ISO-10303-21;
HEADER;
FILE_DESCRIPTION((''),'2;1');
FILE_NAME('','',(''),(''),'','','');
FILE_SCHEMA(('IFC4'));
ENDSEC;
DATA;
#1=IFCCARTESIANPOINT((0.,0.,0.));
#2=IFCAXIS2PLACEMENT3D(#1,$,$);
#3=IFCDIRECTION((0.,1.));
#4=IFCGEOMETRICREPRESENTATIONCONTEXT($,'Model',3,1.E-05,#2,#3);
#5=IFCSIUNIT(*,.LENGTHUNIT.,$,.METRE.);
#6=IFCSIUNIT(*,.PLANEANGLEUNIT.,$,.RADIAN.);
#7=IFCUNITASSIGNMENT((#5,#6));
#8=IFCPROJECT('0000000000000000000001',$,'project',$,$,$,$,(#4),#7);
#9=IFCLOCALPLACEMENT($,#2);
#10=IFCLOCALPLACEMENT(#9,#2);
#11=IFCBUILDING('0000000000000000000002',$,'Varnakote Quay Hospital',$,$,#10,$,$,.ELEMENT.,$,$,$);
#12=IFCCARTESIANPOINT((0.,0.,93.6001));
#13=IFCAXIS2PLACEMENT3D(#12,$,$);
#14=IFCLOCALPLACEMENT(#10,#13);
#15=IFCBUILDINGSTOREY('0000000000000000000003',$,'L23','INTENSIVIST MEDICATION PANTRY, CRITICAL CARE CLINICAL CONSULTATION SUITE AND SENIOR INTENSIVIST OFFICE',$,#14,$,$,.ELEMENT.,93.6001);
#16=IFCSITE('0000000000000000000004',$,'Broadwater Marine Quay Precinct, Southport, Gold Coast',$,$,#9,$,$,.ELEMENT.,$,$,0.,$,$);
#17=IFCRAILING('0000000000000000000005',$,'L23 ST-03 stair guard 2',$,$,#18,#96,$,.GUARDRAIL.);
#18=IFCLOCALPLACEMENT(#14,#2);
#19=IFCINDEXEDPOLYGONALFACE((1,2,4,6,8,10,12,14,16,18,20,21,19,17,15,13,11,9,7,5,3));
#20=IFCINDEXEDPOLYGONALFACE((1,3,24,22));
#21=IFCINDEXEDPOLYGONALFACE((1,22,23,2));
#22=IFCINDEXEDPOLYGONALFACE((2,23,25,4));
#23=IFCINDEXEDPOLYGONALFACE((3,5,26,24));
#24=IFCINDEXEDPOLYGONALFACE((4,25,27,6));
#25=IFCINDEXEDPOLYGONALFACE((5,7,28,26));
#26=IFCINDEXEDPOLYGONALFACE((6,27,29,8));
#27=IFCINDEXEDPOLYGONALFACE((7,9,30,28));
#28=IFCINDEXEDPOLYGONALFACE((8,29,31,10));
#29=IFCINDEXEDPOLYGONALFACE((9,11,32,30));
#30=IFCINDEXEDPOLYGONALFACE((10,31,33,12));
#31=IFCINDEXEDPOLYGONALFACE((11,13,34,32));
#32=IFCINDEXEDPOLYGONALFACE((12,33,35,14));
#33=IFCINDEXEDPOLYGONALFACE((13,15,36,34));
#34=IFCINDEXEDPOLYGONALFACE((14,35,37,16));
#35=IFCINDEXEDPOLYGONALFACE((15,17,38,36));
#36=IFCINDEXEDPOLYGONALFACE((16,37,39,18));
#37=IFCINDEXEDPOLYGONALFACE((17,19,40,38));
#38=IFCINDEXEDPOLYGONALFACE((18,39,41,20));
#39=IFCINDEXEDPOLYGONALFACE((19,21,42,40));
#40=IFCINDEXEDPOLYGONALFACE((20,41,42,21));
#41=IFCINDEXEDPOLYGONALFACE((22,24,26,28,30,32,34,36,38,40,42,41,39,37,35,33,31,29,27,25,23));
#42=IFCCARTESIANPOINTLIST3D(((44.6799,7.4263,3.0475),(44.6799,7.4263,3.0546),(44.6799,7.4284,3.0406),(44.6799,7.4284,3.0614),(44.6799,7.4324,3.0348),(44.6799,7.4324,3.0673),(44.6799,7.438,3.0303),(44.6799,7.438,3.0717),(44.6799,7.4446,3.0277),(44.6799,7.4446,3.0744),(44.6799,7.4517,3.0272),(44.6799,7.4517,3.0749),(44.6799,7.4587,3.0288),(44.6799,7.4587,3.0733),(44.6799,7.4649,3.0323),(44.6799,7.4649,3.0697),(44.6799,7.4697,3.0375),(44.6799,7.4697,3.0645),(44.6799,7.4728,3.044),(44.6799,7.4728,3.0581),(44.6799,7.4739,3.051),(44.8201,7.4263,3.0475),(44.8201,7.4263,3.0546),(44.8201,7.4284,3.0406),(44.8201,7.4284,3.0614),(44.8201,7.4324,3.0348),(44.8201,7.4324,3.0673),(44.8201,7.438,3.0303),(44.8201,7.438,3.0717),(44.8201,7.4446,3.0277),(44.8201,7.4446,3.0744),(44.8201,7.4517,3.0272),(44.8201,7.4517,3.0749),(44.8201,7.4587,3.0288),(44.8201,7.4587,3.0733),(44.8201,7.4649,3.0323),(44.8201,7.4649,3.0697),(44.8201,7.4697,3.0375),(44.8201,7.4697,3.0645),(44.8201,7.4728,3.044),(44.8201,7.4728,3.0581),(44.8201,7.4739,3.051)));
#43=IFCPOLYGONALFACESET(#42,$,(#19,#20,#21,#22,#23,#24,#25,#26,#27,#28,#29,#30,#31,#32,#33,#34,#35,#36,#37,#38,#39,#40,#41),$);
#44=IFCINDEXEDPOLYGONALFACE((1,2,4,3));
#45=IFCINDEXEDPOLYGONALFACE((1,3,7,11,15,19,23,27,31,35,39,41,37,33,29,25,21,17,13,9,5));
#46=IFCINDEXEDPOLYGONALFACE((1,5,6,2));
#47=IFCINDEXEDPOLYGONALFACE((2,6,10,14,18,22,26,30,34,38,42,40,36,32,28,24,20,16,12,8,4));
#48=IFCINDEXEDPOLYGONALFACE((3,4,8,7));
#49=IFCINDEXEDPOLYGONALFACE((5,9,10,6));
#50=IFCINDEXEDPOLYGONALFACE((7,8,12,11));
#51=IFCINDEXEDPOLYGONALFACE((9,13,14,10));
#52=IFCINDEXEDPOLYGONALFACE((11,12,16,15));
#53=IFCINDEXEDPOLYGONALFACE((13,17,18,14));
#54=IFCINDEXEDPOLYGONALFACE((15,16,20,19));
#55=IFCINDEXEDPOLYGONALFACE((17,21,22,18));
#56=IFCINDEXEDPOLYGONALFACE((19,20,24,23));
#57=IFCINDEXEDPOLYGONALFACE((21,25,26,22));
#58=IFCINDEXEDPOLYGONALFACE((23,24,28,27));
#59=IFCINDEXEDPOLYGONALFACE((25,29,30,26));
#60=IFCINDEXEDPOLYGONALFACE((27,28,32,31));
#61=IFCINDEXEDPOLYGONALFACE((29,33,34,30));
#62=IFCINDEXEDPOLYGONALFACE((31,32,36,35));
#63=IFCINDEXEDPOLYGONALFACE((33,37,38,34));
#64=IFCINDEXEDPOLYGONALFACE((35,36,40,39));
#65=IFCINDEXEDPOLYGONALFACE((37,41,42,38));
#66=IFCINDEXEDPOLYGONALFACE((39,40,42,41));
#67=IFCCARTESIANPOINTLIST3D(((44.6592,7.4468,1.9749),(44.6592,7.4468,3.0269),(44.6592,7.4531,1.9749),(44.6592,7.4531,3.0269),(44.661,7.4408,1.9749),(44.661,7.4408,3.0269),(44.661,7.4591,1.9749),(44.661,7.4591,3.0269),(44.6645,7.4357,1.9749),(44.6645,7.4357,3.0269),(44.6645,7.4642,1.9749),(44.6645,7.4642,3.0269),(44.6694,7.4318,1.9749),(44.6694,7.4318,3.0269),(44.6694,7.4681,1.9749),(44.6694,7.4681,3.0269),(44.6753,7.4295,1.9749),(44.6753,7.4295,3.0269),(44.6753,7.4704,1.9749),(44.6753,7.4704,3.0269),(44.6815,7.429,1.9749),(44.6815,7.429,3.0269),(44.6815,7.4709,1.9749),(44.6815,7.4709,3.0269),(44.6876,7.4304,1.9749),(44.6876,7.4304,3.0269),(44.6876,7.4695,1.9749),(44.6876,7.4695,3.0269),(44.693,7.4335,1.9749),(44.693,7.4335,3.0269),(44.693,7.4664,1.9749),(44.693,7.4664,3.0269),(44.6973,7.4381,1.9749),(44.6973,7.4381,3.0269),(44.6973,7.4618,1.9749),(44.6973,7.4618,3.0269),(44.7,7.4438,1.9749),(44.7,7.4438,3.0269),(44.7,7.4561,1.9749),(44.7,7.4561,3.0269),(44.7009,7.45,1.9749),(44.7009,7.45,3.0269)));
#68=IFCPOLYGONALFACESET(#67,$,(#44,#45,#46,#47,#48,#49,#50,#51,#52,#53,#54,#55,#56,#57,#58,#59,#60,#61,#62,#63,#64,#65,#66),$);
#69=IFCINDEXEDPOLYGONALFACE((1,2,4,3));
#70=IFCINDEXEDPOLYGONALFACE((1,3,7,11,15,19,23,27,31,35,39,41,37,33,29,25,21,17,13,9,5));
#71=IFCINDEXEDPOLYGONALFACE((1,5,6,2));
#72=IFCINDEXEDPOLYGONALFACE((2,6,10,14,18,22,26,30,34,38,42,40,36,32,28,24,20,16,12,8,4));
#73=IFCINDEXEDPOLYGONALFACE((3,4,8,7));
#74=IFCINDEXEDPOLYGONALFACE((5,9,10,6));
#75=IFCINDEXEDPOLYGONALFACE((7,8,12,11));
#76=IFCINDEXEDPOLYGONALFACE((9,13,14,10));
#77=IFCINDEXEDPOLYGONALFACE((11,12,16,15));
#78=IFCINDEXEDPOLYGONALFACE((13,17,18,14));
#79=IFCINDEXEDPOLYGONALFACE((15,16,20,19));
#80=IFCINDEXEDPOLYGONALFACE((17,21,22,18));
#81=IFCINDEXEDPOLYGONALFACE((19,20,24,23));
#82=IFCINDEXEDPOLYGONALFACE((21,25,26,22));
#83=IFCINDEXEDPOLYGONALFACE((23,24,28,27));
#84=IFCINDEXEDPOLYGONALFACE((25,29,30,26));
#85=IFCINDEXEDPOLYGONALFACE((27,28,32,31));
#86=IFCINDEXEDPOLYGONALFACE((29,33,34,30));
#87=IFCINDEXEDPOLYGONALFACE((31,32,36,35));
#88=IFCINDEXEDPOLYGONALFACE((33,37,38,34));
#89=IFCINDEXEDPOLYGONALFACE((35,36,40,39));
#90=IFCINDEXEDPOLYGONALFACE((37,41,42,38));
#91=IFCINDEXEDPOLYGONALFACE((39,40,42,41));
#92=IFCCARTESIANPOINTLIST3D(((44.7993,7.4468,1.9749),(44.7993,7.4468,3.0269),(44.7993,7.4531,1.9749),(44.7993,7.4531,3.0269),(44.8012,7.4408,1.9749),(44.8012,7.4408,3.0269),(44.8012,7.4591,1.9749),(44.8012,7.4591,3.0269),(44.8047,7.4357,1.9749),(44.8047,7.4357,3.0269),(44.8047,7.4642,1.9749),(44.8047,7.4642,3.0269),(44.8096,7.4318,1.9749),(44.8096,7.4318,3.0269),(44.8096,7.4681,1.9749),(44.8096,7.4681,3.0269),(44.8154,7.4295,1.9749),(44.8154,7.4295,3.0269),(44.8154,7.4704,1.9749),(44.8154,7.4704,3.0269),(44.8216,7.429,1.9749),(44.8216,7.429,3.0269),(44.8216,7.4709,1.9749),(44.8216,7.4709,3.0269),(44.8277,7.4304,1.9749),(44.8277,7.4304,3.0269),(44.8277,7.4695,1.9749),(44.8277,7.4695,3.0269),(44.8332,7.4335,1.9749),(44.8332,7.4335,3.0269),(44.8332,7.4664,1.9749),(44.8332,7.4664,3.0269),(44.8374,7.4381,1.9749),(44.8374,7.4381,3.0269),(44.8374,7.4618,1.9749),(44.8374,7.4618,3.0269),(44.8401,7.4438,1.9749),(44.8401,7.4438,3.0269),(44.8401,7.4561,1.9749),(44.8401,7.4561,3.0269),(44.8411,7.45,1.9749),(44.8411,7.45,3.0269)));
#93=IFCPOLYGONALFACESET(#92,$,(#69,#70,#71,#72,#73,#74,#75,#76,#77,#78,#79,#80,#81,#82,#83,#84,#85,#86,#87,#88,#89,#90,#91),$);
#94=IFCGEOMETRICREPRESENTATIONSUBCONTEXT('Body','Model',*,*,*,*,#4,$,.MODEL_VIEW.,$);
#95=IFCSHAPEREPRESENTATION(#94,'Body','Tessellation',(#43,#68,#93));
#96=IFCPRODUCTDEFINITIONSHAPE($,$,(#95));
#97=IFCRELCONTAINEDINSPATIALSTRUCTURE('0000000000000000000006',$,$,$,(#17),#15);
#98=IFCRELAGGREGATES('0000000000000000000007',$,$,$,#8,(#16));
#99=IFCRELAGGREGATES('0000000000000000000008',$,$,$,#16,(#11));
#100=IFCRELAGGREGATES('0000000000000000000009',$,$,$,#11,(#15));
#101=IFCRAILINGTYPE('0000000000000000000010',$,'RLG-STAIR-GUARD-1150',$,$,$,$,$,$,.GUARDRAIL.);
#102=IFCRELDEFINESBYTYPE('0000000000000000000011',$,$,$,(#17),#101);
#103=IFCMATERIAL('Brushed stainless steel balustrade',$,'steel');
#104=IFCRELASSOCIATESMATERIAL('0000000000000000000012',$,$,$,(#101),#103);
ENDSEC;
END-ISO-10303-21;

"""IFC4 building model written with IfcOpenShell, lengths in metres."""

from ifc_helpers import new_model, si_unit, direction, frame, origin, origin_2d, place, context, subcontext, project, spatial, circle, extrude, material, type_object, element, save


model = new_model("IFC4")

# Units and contexts
model_context = context("Model", 3, precision=1e-05, world=origin(), true_north=direction((0.0, 1.0)))
body_context = subcontext(model_context, "Body", "Model", "MODEL_VIEW")
ifc_project = project(units=[si_unit("LENGTHUNIT", "METRE"), si_unit("PLANEANGLEUNIT", "RADIAN")], contexts=[model_context])

# Site, building, storey
site_placement = place(None, origin())
site = spatial("IfcSite", under=ifc_project, at=site_placement, Name="Broadwater Marine Quay Precinct, Southport, Gold Coast", CompositionType="ELEMENT", RefElevation=0.0)
building_placement = place(site_placement, origin())
building = spatial("IfcBuilding", under=site, at=building_placement, Name="Varnakote Quay Hospital", CompositionType="ELEMENT")
storey_placement = place(building_placement, frame((0.0, 0.0, 93.6001)))
storey = spatial("IfcBuildingStorey", under=building, at=storey_placement, Name="L23", Description="INTENSIVIST MEDICATION PANTRY, CRITICAL CARE CLINICAL CONSULTATION SUITE AND SENIOR INTENSIVIST OFFICE", CompositionType="ELEMENT", Elevation=93.6001)

# Railing
ifc_material_1 = material(Name="Brushed stainless steel balustrade", Category="steel")
railing_type_1 = type_object("IfcRailingType", Name="RLG-STAIR-GUARD-1150", PredefinedType="GUARDRAIL", material=ifc_material_1)
railing_1_placement = place(storey_placement, frame((44.6799, 7.45, 1.9749)))
element("IfcRailing", 1, at=railing_1_placement, inside=storey, type_object=railing_type_1, Name="L23 ST-03 stair guard 2", PredefinedType="GUARDRAIL", context=body_context, shape_type="SweptSolid", body=[
    extrude(circle(Radius=0.0239, at=origin_2d()), frame((0.0, 0.0, 1.0762), z_axis=(1.0, 0.0, 0.0), x_axis=(0.0, 1.0, 0.0)), (0.0, 0.0, 1.0), 0.1401),
    extrude(circle(Radius=0.021, at=origin_2d()), origin(), (0.0, 0.0, 1.0), 1.052),
    extrude(circle(Radius=0.021, at=origin_2d()), frame((0.1401, 0.0, 0.0)), (0.0, 0.0, 1.0), 1.052),
])

save(model, "model.ifc")
